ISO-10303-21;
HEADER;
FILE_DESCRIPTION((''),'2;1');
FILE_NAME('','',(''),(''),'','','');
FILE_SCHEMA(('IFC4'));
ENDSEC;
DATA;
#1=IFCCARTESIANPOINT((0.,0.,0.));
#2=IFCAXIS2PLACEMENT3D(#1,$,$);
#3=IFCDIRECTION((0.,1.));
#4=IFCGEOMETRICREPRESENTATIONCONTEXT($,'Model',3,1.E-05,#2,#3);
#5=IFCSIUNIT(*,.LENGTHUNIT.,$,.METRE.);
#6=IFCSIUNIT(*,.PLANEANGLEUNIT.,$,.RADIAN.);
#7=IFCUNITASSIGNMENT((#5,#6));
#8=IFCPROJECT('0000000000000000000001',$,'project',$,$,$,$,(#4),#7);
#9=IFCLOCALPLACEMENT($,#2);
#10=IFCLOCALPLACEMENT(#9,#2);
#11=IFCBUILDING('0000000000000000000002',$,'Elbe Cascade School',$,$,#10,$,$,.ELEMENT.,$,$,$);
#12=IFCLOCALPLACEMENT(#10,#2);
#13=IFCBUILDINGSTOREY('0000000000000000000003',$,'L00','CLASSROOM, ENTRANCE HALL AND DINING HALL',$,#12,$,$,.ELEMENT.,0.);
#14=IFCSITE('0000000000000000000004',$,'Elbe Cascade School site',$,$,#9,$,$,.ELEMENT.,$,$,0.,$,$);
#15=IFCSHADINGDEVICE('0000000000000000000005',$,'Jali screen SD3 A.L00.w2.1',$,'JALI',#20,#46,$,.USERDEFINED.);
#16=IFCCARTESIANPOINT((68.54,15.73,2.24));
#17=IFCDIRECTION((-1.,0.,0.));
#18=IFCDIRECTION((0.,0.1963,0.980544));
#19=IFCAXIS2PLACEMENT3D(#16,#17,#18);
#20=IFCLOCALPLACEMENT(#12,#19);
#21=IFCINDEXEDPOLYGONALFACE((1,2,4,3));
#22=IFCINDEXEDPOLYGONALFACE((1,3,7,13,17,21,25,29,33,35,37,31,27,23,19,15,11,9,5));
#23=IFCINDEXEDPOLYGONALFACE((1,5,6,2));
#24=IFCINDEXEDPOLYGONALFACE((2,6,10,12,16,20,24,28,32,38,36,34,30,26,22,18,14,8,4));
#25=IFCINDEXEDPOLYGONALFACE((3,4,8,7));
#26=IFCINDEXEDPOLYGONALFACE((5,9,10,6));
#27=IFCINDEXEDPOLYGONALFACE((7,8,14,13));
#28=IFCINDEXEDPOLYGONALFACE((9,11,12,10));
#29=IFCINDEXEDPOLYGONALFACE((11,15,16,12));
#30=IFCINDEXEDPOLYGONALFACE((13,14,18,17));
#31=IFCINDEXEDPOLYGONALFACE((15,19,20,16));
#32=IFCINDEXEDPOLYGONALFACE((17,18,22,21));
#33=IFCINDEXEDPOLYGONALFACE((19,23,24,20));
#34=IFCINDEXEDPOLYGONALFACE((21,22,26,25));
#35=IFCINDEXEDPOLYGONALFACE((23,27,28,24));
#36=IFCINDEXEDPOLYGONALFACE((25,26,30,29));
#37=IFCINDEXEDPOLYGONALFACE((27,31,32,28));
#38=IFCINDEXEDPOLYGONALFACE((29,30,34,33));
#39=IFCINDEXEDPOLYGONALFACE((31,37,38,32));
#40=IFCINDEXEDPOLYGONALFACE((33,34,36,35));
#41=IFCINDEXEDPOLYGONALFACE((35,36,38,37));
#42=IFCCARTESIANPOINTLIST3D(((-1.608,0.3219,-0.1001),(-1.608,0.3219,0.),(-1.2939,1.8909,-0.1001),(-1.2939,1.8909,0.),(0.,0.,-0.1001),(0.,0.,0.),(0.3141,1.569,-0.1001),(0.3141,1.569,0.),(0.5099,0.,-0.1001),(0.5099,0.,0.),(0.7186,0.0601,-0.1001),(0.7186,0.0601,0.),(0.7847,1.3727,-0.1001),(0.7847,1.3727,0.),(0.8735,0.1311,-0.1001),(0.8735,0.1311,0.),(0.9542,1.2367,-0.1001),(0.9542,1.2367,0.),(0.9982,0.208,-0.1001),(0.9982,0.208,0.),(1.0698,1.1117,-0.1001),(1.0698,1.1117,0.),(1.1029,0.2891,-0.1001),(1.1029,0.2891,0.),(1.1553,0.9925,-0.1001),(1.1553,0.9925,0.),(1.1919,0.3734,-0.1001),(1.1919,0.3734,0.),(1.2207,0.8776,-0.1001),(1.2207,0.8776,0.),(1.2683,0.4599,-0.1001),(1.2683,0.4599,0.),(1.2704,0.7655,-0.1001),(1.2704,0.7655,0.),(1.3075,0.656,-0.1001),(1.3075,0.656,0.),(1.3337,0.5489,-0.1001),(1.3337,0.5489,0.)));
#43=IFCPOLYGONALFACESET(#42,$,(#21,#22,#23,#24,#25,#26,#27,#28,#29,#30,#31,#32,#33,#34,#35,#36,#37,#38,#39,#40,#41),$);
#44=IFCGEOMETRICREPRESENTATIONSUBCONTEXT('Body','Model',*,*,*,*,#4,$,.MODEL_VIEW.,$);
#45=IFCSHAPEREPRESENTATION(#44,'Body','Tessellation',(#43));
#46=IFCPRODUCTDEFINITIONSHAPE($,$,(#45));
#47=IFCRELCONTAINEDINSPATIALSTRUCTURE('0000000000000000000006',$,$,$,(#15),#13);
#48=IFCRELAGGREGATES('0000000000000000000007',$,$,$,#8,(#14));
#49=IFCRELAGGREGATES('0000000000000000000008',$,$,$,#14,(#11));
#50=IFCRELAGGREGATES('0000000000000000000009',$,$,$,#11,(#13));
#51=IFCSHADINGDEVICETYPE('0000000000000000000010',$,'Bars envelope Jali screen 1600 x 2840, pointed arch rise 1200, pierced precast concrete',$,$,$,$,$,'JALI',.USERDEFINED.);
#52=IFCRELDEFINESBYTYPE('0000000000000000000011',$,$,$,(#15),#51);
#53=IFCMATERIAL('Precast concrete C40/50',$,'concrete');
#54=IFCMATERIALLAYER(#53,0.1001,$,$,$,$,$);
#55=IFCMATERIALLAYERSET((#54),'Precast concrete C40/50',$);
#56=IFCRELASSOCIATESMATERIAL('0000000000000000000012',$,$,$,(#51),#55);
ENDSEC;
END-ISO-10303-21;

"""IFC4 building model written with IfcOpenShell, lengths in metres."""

from ifc_helpers import new_model, si_unit, direction, frame, origin, place, context, subcontext, project, spatial, polyline, outline, extrude, material, layer, layer_set, type_object, element, save


model = new_model("IFC4")

# Units and contexts
model_context = context("Model", 3, precision=1e-05, world=origin(), true_north=direction((0.0, 1.0)))
body_context = subcontext(model_context, "Body", "Model", "MODEL_VIEW")
ifc_project = project(units=[si_unit("LENGTHUNIT", "METRE"), si_unit("PLANEANGLEUNIT", "RADIAN")], contexts=[model_context])

# Site, building, storey
site_placement = place(None, origin())
site = spatial("IfcSite", under=ifc_project, at=site_placement, Name="Elbe Cascade School site", CompositionType="ELEMENT", RefElevation=0.0)
building_placement = place(site_placement, origin())
building = spatial("IfcBuilding", under=site, at=building_placement, Name="Elbe Cascade School", CompositionType="ELEMENT")
storey_placement = place(building_placement, origin())
storey = spatial("IfcBuildingStorey", under=building, at=storey_placement, Name="L00", Description="CLASSROOM, ENTRANCE HALL AND DINING HALL", CompositionType="ELEMENT", Elevation=0.0)

# Shading device
ifc_material_1 = material(Name="Precast concrete C40/50", Category="concrete")
ifc_layer_1 = layer(ifc_material_1, 0.1001)
ifc_layer_set_1 = layer_set([ifc_layer_1], Name="Precast concrete C40/50")
shading_device_type_1 = type_object("IfcShadingDeviceType", Name="Bars envelope Jali screen 1600 x 2840, pointed arch rise 1200, pierced precast concrete", ElementType="JALI", PredefinedType="USERDEFINED", material=ifc_layer_set_1)
shading_device_1_placement = place(storey_placement, frame((68.54, 15.73, 2.24), z_axis=(-1.0, 0.0, 0.0), x_axis=(0.0, 0.1963, 0.980544)))
element("IfcShadingDevice", 1, at=shading_device_1_placement, inside=storey, type_object=shading_device_type_1, Name="Jali screen SD3 A.L00.w2.1", ObjectType="JALI", PredefinedType="USERDEFINED", context=body_context, shape_type="SweptSolid", body=[
    extrude(outline(polyline([(0.0, 0.0), (0.5099, 0.0), (0.7186, 0.0601), (0.8735, 0.1311), (0.9982, 0.208), (1.1029, 0.2891), (1.1919, 0.3734), (1.2683, 0.4599), (1.3337, 0.5489), (1.3075, 0.656), (1.2704, 0.7655), (1.2207, 0.8776), (1.1553, 0.9925), (1.0698, 1.1117), (0.9542, 1.2367), (0.7847, 1.3727), (0.3141, 1.569), (-1.2939, 1.8909), (-1.608, 0.3219), (0.0, 0.0)])), origin(), (0.0, 0.0, -1.0), 0.1001),
])

save(model, "model.ifc")
